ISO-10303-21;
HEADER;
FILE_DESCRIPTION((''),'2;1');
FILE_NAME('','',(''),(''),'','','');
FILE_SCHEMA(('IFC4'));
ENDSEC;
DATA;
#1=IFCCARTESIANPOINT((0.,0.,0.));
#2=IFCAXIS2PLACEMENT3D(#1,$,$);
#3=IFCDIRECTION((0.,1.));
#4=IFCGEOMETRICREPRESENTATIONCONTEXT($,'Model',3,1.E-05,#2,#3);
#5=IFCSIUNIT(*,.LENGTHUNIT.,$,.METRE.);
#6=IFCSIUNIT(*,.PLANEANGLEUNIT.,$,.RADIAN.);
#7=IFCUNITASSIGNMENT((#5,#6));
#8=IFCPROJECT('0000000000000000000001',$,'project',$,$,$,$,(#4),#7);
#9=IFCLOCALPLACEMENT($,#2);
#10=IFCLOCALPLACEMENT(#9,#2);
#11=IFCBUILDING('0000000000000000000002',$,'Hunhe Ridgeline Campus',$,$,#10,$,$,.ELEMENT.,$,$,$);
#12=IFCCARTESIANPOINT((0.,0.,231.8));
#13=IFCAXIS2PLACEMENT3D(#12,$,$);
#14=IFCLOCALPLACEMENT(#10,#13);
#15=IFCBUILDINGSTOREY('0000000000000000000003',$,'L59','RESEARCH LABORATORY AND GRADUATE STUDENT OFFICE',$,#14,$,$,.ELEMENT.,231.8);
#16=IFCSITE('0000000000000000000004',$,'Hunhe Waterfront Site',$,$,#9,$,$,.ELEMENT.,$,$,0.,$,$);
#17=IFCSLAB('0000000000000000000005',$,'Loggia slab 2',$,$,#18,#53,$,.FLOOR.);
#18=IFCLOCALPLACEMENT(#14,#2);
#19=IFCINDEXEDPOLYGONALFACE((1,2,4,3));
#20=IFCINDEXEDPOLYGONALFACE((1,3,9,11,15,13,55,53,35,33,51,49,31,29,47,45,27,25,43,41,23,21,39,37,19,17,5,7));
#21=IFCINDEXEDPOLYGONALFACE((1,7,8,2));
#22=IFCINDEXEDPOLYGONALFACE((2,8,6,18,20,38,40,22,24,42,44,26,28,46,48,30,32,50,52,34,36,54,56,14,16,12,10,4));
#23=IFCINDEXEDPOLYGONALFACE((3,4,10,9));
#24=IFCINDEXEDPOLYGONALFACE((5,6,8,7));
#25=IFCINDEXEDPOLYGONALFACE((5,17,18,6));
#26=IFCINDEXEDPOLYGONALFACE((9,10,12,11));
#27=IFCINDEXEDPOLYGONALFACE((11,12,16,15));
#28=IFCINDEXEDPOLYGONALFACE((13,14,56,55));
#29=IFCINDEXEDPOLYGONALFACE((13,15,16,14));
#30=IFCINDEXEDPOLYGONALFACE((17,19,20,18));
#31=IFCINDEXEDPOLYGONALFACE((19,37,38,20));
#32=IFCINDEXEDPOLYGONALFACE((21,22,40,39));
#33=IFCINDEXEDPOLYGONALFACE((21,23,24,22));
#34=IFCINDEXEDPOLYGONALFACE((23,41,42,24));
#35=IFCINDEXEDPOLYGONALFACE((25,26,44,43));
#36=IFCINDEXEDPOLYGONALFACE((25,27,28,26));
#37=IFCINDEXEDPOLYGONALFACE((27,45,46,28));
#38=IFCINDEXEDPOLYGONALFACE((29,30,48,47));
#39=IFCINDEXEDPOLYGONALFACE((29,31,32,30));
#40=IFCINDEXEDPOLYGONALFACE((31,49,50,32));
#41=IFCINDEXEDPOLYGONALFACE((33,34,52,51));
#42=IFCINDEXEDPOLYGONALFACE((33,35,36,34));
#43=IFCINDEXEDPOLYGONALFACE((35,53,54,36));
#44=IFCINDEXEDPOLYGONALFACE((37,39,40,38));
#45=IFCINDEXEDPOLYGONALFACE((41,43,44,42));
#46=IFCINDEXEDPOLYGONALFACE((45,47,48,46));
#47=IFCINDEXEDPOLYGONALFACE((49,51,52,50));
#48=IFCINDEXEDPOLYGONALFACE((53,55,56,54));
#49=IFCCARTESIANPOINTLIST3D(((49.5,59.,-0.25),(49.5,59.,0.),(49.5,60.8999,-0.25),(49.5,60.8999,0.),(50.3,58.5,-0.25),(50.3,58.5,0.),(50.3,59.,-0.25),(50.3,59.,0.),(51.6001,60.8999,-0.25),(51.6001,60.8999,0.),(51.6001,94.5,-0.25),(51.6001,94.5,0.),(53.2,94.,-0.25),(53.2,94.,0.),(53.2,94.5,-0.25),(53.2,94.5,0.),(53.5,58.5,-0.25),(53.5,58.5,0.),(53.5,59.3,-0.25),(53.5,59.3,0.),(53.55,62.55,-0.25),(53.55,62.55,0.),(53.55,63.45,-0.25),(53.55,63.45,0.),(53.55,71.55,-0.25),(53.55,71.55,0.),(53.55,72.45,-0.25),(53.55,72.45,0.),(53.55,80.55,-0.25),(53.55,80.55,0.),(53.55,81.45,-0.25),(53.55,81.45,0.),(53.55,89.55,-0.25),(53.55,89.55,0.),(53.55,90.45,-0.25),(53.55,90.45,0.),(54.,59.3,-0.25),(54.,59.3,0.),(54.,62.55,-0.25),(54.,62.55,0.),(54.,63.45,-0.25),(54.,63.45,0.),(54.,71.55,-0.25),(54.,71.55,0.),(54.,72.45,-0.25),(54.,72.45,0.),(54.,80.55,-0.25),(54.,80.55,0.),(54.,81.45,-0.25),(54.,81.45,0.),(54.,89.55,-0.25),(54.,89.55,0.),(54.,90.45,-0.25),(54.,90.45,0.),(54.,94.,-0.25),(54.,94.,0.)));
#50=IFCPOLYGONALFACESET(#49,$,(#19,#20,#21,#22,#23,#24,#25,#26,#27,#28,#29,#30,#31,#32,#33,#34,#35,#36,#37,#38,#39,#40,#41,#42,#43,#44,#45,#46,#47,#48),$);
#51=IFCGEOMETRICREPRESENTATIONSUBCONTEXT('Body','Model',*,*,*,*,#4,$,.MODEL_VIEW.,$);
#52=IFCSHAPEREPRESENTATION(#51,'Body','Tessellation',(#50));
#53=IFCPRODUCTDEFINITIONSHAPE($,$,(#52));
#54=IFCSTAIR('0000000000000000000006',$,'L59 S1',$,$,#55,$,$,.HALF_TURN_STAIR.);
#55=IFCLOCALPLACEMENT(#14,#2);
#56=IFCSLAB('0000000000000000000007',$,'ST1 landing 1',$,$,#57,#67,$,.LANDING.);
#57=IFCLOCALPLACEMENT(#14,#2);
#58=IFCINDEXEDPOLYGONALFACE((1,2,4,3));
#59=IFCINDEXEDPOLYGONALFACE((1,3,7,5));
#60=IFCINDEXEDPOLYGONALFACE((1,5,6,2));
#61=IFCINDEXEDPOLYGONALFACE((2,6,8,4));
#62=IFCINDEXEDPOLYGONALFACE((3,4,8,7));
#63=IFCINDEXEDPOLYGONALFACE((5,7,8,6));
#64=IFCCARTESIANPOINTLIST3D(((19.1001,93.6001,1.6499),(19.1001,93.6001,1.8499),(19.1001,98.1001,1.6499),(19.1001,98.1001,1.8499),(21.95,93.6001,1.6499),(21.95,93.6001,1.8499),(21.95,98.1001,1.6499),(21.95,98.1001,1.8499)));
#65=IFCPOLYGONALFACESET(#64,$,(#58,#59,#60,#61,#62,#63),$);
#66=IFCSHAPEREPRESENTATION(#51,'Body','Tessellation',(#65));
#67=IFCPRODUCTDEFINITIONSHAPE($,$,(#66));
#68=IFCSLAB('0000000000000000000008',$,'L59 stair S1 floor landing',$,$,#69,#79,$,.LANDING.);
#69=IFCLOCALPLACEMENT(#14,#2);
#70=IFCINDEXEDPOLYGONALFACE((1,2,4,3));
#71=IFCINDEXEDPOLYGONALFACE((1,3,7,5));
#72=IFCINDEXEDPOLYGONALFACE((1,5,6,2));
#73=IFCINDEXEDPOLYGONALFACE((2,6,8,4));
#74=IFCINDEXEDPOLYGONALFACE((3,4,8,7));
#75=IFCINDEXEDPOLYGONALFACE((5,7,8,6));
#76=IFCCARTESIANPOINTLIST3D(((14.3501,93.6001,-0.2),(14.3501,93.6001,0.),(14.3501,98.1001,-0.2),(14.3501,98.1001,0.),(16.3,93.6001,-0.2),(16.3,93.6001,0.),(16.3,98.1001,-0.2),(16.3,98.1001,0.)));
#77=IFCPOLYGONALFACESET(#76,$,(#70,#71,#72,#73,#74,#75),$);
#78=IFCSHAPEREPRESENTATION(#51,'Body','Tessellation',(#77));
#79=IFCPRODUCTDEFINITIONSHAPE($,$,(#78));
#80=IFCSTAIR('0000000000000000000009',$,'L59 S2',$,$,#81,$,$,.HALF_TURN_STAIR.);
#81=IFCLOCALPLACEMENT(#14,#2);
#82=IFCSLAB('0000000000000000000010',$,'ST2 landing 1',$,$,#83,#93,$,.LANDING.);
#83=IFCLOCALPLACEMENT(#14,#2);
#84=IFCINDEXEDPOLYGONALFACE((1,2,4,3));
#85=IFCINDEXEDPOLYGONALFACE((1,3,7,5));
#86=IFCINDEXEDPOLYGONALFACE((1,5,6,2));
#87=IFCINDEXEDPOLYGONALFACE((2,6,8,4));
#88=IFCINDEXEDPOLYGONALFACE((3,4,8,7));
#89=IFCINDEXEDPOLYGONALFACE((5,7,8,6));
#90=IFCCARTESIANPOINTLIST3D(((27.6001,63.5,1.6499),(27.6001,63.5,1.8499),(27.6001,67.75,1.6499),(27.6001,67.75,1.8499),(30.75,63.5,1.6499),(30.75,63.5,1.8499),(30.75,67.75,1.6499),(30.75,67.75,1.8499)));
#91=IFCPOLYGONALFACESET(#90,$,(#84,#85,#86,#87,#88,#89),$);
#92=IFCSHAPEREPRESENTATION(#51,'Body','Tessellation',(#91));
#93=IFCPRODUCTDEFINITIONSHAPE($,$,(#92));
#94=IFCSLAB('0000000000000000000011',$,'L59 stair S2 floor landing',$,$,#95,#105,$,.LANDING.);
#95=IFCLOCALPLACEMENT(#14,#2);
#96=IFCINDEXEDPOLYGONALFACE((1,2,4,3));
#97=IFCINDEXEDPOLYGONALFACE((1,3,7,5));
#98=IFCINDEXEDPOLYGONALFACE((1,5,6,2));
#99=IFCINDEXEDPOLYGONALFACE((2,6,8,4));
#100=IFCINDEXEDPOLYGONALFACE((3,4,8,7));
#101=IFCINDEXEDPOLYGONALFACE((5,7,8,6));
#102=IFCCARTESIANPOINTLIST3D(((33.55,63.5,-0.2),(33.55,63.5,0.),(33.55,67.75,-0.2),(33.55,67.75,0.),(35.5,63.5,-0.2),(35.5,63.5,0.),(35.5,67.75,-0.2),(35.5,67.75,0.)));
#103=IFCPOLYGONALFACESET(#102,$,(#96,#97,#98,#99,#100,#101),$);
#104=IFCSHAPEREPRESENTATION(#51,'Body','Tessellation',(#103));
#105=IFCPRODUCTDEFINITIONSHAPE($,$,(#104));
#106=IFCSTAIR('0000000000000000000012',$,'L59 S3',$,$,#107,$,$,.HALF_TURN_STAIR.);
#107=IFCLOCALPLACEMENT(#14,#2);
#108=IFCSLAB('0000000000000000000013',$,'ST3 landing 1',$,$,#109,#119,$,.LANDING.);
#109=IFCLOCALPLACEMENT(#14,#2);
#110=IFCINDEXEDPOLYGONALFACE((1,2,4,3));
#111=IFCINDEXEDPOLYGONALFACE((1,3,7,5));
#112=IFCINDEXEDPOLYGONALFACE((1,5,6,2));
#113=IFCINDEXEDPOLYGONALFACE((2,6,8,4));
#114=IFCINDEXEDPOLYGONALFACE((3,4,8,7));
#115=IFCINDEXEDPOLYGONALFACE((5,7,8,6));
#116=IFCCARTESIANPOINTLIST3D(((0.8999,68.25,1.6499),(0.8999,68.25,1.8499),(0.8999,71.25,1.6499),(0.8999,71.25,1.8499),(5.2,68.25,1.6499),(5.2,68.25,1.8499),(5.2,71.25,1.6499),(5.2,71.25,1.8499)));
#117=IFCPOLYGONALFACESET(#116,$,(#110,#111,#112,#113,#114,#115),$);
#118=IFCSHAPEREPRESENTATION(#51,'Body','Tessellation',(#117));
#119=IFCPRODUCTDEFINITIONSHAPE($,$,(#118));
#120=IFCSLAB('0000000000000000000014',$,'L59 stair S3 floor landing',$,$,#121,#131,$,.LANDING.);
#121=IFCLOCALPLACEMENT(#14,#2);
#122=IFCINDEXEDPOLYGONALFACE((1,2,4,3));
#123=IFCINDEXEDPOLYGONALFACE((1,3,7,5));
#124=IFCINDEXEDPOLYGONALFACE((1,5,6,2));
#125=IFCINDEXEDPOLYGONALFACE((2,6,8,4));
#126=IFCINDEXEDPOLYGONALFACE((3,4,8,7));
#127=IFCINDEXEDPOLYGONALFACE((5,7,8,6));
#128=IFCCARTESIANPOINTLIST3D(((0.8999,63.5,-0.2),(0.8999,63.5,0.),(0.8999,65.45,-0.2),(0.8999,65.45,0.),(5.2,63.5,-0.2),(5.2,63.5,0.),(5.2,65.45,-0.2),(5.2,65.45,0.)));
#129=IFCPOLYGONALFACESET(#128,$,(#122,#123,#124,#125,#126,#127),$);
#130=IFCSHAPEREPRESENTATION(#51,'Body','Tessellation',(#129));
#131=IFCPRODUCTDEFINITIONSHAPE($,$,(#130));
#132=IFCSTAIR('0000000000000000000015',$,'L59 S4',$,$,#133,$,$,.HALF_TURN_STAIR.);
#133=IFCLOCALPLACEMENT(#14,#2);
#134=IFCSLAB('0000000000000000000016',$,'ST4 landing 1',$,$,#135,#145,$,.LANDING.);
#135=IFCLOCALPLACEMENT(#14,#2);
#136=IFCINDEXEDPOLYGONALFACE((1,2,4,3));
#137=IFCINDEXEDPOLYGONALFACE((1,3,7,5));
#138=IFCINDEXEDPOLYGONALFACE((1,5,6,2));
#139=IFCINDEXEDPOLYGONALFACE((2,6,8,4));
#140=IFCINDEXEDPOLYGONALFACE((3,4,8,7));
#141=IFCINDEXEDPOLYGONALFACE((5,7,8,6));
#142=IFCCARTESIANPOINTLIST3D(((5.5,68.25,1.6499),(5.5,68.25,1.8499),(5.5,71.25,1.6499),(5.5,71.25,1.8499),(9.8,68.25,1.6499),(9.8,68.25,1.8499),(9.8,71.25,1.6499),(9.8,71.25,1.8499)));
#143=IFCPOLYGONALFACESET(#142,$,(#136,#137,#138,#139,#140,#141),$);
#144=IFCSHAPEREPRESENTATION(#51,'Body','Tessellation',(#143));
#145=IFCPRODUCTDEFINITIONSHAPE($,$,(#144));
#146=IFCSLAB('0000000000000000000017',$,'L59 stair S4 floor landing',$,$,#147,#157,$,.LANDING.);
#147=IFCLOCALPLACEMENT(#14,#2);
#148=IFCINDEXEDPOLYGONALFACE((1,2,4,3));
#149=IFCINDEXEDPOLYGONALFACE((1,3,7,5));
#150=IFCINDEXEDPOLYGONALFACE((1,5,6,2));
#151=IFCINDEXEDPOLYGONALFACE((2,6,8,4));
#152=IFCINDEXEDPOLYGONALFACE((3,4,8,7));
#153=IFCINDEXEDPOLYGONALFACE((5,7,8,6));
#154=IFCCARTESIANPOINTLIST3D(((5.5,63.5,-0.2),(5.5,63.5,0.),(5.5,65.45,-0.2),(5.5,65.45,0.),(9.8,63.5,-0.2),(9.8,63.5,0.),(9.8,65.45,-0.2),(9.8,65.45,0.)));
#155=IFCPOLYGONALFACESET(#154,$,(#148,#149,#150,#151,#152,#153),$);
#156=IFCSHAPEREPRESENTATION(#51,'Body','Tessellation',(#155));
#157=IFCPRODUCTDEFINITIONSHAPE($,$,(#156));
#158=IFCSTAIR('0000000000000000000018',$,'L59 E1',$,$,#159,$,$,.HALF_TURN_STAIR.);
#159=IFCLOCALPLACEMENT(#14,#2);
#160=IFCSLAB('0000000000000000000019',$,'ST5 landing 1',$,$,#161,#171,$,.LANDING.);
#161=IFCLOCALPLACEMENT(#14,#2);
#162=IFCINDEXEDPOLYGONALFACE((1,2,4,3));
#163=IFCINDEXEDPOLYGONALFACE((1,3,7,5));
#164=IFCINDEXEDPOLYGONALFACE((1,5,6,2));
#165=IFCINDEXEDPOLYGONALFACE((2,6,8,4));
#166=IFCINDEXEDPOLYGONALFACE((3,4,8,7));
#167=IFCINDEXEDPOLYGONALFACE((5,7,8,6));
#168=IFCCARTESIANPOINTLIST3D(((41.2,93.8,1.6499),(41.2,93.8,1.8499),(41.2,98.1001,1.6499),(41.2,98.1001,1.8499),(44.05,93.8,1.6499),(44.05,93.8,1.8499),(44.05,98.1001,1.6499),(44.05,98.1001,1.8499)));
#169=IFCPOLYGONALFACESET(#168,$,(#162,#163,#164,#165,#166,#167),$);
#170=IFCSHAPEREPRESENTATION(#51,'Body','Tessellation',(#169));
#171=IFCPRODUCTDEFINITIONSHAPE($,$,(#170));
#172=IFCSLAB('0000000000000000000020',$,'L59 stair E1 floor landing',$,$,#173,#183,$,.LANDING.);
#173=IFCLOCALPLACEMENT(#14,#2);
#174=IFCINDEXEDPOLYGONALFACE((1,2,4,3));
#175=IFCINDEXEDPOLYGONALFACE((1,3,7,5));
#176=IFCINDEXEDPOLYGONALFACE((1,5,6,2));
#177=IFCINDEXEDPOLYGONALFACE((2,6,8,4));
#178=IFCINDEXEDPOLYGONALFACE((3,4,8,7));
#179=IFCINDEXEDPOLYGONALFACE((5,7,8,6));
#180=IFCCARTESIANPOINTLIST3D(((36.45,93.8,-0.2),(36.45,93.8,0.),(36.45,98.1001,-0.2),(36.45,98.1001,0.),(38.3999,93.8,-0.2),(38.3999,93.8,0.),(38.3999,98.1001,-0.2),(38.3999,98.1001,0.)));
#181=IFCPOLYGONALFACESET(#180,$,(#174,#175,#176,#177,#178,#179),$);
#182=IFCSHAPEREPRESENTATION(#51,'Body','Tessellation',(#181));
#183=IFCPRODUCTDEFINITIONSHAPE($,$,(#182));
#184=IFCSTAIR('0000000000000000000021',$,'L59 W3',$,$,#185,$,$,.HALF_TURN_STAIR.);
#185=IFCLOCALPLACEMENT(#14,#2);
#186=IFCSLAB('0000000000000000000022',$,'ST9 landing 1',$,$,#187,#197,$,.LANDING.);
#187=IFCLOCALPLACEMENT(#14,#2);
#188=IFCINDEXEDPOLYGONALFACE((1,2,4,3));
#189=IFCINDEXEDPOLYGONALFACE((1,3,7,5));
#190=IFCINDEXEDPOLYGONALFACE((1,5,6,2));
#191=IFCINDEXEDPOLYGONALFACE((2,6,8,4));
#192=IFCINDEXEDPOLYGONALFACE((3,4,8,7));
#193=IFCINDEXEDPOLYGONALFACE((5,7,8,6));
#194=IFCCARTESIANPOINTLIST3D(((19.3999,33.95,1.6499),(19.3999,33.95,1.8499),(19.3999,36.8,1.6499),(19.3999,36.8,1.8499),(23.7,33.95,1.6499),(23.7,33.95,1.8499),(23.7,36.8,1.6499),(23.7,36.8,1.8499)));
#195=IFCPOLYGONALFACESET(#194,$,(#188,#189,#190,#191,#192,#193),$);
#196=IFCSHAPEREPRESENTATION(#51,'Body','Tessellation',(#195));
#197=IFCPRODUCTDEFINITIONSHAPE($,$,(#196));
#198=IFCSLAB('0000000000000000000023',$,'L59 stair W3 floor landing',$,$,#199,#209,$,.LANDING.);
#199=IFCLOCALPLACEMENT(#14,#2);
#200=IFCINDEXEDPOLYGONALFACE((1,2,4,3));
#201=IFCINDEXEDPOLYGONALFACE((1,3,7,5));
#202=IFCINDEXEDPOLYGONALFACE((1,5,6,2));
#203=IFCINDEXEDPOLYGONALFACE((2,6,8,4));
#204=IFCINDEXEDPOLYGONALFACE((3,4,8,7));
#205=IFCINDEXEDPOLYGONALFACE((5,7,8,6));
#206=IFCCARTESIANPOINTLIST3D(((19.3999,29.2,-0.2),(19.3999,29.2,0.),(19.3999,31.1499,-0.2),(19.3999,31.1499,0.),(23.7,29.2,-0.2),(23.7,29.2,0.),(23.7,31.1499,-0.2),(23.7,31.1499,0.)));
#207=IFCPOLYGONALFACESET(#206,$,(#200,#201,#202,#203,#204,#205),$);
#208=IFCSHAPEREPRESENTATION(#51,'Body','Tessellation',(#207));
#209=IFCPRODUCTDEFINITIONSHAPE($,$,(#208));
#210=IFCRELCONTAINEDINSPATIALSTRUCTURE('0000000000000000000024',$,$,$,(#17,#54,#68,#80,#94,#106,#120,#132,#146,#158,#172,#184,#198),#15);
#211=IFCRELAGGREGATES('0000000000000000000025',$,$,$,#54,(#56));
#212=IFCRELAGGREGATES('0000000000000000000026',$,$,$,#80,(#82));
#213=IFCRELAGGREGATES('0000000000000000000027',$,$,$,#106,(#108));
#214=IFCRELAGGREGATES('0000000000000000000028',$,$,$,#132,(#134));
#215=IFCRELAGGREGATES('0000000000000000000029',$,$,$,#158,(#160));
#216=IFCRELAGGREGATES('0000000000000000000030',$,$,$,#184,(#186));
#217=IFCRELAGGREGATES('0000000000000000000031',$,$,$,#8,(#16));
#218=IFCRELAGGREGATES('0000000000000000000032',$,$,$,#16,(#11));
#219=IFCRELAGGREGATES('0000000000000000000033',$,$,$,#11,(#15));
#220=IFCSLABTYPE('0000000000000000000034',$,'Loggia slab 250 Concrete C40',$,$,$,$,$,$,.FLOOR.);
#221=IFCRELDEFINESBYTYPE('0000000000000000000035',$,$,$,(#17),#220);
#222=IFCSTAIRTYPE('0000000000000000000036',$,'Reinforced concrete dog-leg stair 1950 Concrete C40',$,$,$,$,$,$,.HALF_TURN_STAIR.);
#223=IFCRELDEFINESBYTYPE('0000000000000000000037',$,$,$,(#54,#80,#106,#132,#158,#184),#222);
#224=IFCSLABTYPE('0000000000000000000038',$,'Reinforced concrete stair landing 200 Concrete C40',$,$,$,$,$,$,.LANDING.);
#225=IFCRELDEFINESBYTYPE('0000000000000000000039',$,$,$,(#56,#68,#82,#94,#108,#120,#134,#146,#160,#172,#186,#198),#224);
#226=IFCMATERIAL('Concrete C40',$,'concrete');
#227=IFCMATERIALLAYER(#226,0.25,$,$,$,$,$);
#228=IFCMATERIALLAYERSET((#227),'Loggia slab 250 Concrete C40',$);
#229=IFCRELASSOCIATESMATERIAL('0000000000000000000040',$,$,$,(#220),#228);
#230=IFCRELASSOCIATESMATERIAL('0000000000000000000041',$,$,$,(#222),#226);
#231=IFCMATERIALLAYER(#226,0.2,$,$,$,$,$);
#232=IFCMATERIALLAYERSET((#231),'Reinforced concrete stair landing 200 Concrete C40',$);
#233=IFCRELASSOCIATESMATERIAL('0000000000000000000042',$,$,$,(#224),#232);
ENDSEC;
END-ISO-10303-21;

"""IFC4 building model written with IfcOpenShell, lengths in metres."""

from ifc_helpers import new_model, si_unit, direction, frame, origin, place, context, subcontext, project, spatial, polyline, outline, extrude, material, layer, layer_set, type_object, element, aggregate, save


model = new_model("IFC4")

# Units and contexts
model_context = context("Model", 3, precision=1e-05, world=origin(), true_north=direction((0.0, 1.0)))
body_context = subcontext(model_context, "Body", "Model", "MODEL_VIEW")
ifc_project = project(units=[si_unit("LENGTHUNIT", "METRE"), si_unit("PLANEANGLEUNIT", "RADIAN")], contexts=[model_context])

# Site, building, storey
site_placement = place(None, origin())
site = spatial("IfcSite", under=ifc_project, at=site_placement, Name="Hunhe Waterfront Site", CompositionType="ELEMENT", RefElevation=0.0)
building_placement = place(site_placement, origin())
building = spatial("IfcBuilding", under=site, at=building_placement, Name="Hunhe Ridgeline Campus", CompositionType="ELEMENT")
storey_placement = place(building_placement, frame((0.0, 0.0, 231.8)))
storey = spatial("IfcBuildingStorey", under=building, at=storey_placement, Name="L59", Description="RESEARCH LABORATORY AND GRADUATE STUDENT OFFICE", CompositionType="ELEMENT", Elevation=231.8)

# Slab
ifc_material_1 = material(Name="Concrete C40", Category="concrete")
ifc_layer_1 = layer(ifc_material_1, 0.25)
ifc_layer_set_1 = layer_set([ifc_layer_1], Name="Loggia slab 250 Concrete C40")
slab_type_1 = type_object("IfcSlabType", Name="Loggia slab 250 Concrete C40", PredefinedType="FLOOR", material=ifc_layer_set_1)
slab_1_placement = place(storey_placement, frame((0.0, 0.0, -0.25)))
element("IfcSlab", 1, at=slab_1_placement, inside=storey, type_object=slab_type_1, Name="Loggia slab 2", PredefinedType="FLOOR", context=body_context, shape_type="SweptSolid", body=[
    extrude(outline(polyline([(49.5, 59.0), (50.3, 59.0), (50.3, 58.5), (53.5, 58.5), (53.5, 59.3), (54.0, 59.3), (54.0, 62.55), (53.55, 62.55), (53.55, 63.45), (54.0, 63.45), (54.0, 71.55), (53.55, 71.55), (53.55, 72.45), (54.0, 72.45), (54.0, 80.55), (53.55, 80.55), (53.55, 81.45), (54.0, 81.45), (54.0, 89.55), (53.55, 89.55), (53.55, 90.45), (54.0, 90.45), (54.0, 94.0), (53.2, 94.0), (53.2, 94.5), (51.6001, 94.5), (51.6001, 60.8999), (49.5, 60.8999), (49.5, 59.0)])), origin(), (0.0, 0.0, 1.0), 0.25),
])

# Stair, slab
stair_type = type_object("IfcStairType", Name="Reinforced concrete dog-leg stair 1950 Concrete C40", PredefinedType="HALF_TURN_STAIR", material=ifc_material_1)
stair_1_placement = place(storey_placement, origin())
stair_1 = element("IfcStair", 2, at=stair_1_placement, inside=storey, type_object=stair_type, Name="L59 S1", PredefinedType="HALF_TURN_STAIR")
ifc_layer_2 = layer(ifc_material_1, 0.2)
ifc_layer_set_2 = layer_set([ifc_layer_2], Name="Reinforced concrete stair landing 200 Concrete C40")
slab_type_2 = type_object("IfcSlabType", Name="Reinforced concrete stair landing 200 Concrete C40", PredefinedType="LANDING", material=ifc_layer_set_2)
slab_2_placement = place(storey_placement, frame((0.0, 0.0, 1.6499)))
slab_2 = element("IfcSlab", 3, at=slab_2_placement, type_object=slab_type_2, Name="ST1 landing 1", PredefinedType="LANDING", context=body_context, shape_type="SweptSolid", body=[
    extrude(outline(polyline([(19.1001, 93.6001), (21.95, 93.6001), (21.95, 98.1001), (19.1001, 98.1001), (19.1001, 93.6001)])), origin(), (0.0, 0.0, 1.0), 0.2),
])
aggregate(stair_1, [slab_2])

# Slab
slab_3_placement = place(storey_placement, frame((0.0, 0.0, -0.2)))
element("IfcSlab", 4, at=slab_3_placement, inside=storey, type_object=slab_type_2, Name="L59 stair S1 floor landing", PredefinedType="LANDING", context=body_context, shape_type="SweptSolid", body=[
    extrude(outline(polyline([(14.3501, 93.6001), (16.3, 93.6001), (16.3, 98.1001), (14.3501, 98.1001), (14.3501, 93.6001)])), origin(), (0.0, 0.0, 1.0), 0.2),
])

# Stair, slab
stair_2_placement = place(storey_placement, origin())
stair_2 = element("IfcStair", 5, at=stair_2_placement, inside=storey, type_object=stair_type, Name="L59 S2", PredefinedType="HALF_TURN_STAIR")
slab_4_placement = place(storey_placement, frame((0.0, 0.0, 1.6499)))
slab_4 = element("IfcSlab", 6, at=slab_4_placement, type_object=slab_type_2, Name="ST2 landing 1", PredefinedType="LANDING", context=body_context, shape_type="SweptSolid", body=[
    extrude(outline(polyline([(30.75, 67.75), (27.6001, 67.75), (27.6001, 63.5), (30.75, 63.5), (30.75, 67.75)])), origin(), (0.0, 0.0, 1.0), 0.2),
])
aggregate(stair_2, [slab_4])

# Slab
slab_5_placement = place(storey_placement, frame((0.0, 0.0, -0.2)))
element("IfcSlab", 7, at=slab_5_placement, inside=storey, type_object=slab_type_2, Name="L59 stair S2 floor landing", PredefinedType="LANDING", context=body_context, shape_type="SweptSolid", body=[
    extrude(outline(polyline([(35.5, 67.75), (33.55, 67.75), (33.55, 63.5), (35.5, 63.5), (35.5, 67.75)])), origin(), (0.0, 0.0, 1.0), 0.2),
])

# Stair, slab
stair_3_placement = place(storey_placement, origin())
stair_3 = element("IfcStair", 8, at=stair_3_placement, inside=storey, type_object=stair_type, Name="L59 S3", PredefinedType="HALF_TURN_STAIR")
slab_6_placement = place(storey_placement, frame((0.0, 0.0, 1.6499)))
slab_6 = element("IfcSlab", 9, at=slab_6_placement, type_object=slab_type_2, Name="ST3 landing 1", PredefinedType="LANDING", context=body_context, shape_type="SweptSolid", body=[
    extrude(outline(polyline([(5.2, 68.25), (5.2, 71.25), (0.8999, 71.25), (0.8999, 68.25), (5.2, 68.25)])), origin(), (0.0, 0.0, 1.0), 0.2),
])
aggregate(stair_3, [slab_6])

# Slab
slab_7_placement = place(storey_placement, frame((0.0, 0.0, -0.2)))
element("IfcSlab", 10, at=slab_7_placement, inside=storey, type_object=slab_type_2, Name="L59 stair S3 floor landing", PredefinedType="LANDING", context=body_context, shape_type="SweptSolid", body=[
    extrude(outline(polyline([(5.2, 63.5), (5.2, 65.45), (0.8999, 65.45), (0.8999, 63.5), (5.2, 63.5)])), origin(), (0.0, 0.0, 1.0), 0.2),
])

# Stair, slab
stair_4_placement = place(storey_placement, origin())
stair_4 = element("IfcStair", 11, at=stair_4_placement, inside=storey, type_object=stair_type, Name="L59 S4", PredefinedType="HALF_TURN_STAIR")
slab_8_placement = place(storey_placement, frame((0.0, 0.0, 1.6499)))
slab_8 = element("IfcSlab", 12, at=slab_8_placement, type_object=slab_type_2, Name="ST4 landing 1", PredefinedType="LANDING", context=body_context, shape_type="SweptSolid", body=[
    extrude(outline(polyline([(9.8, 68.25), (9.8, 71.25), (5.5, 71.25), (5.5, 68.25), (9.8, 68.25)])), origin(), (0.0, 0.0, 1.0), 0.2),
])
aggregate(stair_4, [slab_8])

# Slab
slab_9_placement = place(storey_placement, frame((0.0, 0.0, -0.2)))
element("IfcSlab", 13, at=slab_9_placement, inside=storey, type_object=slab_type_2, Name="L59 stair S4 floor landing", PredefinedType="LANDING", context=body_context, shape_type="SweptSolid", body=[
    extrude(outline(polyline([(9.8, 63.5), (9.8, 65.45), (5.5, 65.45), (5.5, 63.5), (9.8, 63.5)])), origin(), (0.0, 0.0, 1.0), 0.2),
])

# Stair, slab
stair_5_placement = place(storey_placement, origin())
stair_5 = element("IfcStair", 14, at=stair_5_placement, inside=storey, type_object=stair_type, Name="L59 E1", PredefinedType="HALF_TURN_STAIR")
slab_10_placement = place(storey_placement, frame((0.0, 0.0, 1.6499)))
slab_10 = element("IfcSlab", 15, at=slab_10_placement, type_object=slab_type_2, Name="ST5 landing 1", PredefinedType="LANDING", context=body_context, shape_type="SweptSolid", body=[
    extrude(outline(polyline([(41.2, 93.8), (44.05, 93.8), (44.05, 98.1001), (41.2, 98.1001), (41.2, 93.8)])), origin(), (0.0, 0.0, 1.0), 0.2),
])
aggregate(stair_5, [slab_10])

# Slab
slab_11_placement = place(storey_placement, frame((0.0, 0.0, -0.2)))
element("IfcSlab", 16, at=slab_11_placement, inside=storey, type_object=slab_type_2, Name="L59 stair E1 floor landing", PredefinedType="LANDING", context=body_context, shape_type="SweptSolid", body=[
    extrude(outline(polyline([(36.45, 93.8), (38.3999, 93.8), (38.3999, 98.1001), (36.45, 98.1001), (36.45, 93.8)])), origin(), (0.0, 0.0, 1.0), 0.2),
])

# Stair, slab
stair_6_placement = place(storey_placement, origin())
stair_6 = element("IfcStair", 17, at=stair_6_placement, inside=storey, type_object=stair_type, Name="L59 W3", PredefinedType="HALF_TURN_STAIR")
slab_12_placement = place(storey_placement, frame((0.0, 0.0, 1.6499)))
slab_12 = element("IfcSlab", 18, at=slab_12_placement, type_object=slab_type_2, Name="ST9 landing 1", PredefinedType="LANDING", context=body_context, shape_type="SweptSolid", body=[
    extrude(outline(polyline([(23.7, 33.95), (23.7, 36.8), (19.3999, 36.8), (19.3999, 33.95), (23.7, 33.95)])), origin(), (0.0, 0.0, 1.0), 0.2),
])
aggregate(stair_6, [slab_12])

# Slab
slab_13_placement = place(storey_placement, frame((0.0, 0.0, -0.2)))
element("IfcSlab", 19, at=slab_13_placement, inside=storey, type_object=slab_type_2, Name="L59 stair W3 floor landing", PredefinedType="LANDING", context=body_context, shape_type="SweptSolid", body=[
    extrude(outline(polyline([(23.7, 29.2), (23.7, 31.1499), (19.3999, 31.1499), (19.3999, 29.2), (23.7, 29.2)])), origin(), (0.0, 0.0, 1.0), 0.2),
])

save(model, "model.ifc")
